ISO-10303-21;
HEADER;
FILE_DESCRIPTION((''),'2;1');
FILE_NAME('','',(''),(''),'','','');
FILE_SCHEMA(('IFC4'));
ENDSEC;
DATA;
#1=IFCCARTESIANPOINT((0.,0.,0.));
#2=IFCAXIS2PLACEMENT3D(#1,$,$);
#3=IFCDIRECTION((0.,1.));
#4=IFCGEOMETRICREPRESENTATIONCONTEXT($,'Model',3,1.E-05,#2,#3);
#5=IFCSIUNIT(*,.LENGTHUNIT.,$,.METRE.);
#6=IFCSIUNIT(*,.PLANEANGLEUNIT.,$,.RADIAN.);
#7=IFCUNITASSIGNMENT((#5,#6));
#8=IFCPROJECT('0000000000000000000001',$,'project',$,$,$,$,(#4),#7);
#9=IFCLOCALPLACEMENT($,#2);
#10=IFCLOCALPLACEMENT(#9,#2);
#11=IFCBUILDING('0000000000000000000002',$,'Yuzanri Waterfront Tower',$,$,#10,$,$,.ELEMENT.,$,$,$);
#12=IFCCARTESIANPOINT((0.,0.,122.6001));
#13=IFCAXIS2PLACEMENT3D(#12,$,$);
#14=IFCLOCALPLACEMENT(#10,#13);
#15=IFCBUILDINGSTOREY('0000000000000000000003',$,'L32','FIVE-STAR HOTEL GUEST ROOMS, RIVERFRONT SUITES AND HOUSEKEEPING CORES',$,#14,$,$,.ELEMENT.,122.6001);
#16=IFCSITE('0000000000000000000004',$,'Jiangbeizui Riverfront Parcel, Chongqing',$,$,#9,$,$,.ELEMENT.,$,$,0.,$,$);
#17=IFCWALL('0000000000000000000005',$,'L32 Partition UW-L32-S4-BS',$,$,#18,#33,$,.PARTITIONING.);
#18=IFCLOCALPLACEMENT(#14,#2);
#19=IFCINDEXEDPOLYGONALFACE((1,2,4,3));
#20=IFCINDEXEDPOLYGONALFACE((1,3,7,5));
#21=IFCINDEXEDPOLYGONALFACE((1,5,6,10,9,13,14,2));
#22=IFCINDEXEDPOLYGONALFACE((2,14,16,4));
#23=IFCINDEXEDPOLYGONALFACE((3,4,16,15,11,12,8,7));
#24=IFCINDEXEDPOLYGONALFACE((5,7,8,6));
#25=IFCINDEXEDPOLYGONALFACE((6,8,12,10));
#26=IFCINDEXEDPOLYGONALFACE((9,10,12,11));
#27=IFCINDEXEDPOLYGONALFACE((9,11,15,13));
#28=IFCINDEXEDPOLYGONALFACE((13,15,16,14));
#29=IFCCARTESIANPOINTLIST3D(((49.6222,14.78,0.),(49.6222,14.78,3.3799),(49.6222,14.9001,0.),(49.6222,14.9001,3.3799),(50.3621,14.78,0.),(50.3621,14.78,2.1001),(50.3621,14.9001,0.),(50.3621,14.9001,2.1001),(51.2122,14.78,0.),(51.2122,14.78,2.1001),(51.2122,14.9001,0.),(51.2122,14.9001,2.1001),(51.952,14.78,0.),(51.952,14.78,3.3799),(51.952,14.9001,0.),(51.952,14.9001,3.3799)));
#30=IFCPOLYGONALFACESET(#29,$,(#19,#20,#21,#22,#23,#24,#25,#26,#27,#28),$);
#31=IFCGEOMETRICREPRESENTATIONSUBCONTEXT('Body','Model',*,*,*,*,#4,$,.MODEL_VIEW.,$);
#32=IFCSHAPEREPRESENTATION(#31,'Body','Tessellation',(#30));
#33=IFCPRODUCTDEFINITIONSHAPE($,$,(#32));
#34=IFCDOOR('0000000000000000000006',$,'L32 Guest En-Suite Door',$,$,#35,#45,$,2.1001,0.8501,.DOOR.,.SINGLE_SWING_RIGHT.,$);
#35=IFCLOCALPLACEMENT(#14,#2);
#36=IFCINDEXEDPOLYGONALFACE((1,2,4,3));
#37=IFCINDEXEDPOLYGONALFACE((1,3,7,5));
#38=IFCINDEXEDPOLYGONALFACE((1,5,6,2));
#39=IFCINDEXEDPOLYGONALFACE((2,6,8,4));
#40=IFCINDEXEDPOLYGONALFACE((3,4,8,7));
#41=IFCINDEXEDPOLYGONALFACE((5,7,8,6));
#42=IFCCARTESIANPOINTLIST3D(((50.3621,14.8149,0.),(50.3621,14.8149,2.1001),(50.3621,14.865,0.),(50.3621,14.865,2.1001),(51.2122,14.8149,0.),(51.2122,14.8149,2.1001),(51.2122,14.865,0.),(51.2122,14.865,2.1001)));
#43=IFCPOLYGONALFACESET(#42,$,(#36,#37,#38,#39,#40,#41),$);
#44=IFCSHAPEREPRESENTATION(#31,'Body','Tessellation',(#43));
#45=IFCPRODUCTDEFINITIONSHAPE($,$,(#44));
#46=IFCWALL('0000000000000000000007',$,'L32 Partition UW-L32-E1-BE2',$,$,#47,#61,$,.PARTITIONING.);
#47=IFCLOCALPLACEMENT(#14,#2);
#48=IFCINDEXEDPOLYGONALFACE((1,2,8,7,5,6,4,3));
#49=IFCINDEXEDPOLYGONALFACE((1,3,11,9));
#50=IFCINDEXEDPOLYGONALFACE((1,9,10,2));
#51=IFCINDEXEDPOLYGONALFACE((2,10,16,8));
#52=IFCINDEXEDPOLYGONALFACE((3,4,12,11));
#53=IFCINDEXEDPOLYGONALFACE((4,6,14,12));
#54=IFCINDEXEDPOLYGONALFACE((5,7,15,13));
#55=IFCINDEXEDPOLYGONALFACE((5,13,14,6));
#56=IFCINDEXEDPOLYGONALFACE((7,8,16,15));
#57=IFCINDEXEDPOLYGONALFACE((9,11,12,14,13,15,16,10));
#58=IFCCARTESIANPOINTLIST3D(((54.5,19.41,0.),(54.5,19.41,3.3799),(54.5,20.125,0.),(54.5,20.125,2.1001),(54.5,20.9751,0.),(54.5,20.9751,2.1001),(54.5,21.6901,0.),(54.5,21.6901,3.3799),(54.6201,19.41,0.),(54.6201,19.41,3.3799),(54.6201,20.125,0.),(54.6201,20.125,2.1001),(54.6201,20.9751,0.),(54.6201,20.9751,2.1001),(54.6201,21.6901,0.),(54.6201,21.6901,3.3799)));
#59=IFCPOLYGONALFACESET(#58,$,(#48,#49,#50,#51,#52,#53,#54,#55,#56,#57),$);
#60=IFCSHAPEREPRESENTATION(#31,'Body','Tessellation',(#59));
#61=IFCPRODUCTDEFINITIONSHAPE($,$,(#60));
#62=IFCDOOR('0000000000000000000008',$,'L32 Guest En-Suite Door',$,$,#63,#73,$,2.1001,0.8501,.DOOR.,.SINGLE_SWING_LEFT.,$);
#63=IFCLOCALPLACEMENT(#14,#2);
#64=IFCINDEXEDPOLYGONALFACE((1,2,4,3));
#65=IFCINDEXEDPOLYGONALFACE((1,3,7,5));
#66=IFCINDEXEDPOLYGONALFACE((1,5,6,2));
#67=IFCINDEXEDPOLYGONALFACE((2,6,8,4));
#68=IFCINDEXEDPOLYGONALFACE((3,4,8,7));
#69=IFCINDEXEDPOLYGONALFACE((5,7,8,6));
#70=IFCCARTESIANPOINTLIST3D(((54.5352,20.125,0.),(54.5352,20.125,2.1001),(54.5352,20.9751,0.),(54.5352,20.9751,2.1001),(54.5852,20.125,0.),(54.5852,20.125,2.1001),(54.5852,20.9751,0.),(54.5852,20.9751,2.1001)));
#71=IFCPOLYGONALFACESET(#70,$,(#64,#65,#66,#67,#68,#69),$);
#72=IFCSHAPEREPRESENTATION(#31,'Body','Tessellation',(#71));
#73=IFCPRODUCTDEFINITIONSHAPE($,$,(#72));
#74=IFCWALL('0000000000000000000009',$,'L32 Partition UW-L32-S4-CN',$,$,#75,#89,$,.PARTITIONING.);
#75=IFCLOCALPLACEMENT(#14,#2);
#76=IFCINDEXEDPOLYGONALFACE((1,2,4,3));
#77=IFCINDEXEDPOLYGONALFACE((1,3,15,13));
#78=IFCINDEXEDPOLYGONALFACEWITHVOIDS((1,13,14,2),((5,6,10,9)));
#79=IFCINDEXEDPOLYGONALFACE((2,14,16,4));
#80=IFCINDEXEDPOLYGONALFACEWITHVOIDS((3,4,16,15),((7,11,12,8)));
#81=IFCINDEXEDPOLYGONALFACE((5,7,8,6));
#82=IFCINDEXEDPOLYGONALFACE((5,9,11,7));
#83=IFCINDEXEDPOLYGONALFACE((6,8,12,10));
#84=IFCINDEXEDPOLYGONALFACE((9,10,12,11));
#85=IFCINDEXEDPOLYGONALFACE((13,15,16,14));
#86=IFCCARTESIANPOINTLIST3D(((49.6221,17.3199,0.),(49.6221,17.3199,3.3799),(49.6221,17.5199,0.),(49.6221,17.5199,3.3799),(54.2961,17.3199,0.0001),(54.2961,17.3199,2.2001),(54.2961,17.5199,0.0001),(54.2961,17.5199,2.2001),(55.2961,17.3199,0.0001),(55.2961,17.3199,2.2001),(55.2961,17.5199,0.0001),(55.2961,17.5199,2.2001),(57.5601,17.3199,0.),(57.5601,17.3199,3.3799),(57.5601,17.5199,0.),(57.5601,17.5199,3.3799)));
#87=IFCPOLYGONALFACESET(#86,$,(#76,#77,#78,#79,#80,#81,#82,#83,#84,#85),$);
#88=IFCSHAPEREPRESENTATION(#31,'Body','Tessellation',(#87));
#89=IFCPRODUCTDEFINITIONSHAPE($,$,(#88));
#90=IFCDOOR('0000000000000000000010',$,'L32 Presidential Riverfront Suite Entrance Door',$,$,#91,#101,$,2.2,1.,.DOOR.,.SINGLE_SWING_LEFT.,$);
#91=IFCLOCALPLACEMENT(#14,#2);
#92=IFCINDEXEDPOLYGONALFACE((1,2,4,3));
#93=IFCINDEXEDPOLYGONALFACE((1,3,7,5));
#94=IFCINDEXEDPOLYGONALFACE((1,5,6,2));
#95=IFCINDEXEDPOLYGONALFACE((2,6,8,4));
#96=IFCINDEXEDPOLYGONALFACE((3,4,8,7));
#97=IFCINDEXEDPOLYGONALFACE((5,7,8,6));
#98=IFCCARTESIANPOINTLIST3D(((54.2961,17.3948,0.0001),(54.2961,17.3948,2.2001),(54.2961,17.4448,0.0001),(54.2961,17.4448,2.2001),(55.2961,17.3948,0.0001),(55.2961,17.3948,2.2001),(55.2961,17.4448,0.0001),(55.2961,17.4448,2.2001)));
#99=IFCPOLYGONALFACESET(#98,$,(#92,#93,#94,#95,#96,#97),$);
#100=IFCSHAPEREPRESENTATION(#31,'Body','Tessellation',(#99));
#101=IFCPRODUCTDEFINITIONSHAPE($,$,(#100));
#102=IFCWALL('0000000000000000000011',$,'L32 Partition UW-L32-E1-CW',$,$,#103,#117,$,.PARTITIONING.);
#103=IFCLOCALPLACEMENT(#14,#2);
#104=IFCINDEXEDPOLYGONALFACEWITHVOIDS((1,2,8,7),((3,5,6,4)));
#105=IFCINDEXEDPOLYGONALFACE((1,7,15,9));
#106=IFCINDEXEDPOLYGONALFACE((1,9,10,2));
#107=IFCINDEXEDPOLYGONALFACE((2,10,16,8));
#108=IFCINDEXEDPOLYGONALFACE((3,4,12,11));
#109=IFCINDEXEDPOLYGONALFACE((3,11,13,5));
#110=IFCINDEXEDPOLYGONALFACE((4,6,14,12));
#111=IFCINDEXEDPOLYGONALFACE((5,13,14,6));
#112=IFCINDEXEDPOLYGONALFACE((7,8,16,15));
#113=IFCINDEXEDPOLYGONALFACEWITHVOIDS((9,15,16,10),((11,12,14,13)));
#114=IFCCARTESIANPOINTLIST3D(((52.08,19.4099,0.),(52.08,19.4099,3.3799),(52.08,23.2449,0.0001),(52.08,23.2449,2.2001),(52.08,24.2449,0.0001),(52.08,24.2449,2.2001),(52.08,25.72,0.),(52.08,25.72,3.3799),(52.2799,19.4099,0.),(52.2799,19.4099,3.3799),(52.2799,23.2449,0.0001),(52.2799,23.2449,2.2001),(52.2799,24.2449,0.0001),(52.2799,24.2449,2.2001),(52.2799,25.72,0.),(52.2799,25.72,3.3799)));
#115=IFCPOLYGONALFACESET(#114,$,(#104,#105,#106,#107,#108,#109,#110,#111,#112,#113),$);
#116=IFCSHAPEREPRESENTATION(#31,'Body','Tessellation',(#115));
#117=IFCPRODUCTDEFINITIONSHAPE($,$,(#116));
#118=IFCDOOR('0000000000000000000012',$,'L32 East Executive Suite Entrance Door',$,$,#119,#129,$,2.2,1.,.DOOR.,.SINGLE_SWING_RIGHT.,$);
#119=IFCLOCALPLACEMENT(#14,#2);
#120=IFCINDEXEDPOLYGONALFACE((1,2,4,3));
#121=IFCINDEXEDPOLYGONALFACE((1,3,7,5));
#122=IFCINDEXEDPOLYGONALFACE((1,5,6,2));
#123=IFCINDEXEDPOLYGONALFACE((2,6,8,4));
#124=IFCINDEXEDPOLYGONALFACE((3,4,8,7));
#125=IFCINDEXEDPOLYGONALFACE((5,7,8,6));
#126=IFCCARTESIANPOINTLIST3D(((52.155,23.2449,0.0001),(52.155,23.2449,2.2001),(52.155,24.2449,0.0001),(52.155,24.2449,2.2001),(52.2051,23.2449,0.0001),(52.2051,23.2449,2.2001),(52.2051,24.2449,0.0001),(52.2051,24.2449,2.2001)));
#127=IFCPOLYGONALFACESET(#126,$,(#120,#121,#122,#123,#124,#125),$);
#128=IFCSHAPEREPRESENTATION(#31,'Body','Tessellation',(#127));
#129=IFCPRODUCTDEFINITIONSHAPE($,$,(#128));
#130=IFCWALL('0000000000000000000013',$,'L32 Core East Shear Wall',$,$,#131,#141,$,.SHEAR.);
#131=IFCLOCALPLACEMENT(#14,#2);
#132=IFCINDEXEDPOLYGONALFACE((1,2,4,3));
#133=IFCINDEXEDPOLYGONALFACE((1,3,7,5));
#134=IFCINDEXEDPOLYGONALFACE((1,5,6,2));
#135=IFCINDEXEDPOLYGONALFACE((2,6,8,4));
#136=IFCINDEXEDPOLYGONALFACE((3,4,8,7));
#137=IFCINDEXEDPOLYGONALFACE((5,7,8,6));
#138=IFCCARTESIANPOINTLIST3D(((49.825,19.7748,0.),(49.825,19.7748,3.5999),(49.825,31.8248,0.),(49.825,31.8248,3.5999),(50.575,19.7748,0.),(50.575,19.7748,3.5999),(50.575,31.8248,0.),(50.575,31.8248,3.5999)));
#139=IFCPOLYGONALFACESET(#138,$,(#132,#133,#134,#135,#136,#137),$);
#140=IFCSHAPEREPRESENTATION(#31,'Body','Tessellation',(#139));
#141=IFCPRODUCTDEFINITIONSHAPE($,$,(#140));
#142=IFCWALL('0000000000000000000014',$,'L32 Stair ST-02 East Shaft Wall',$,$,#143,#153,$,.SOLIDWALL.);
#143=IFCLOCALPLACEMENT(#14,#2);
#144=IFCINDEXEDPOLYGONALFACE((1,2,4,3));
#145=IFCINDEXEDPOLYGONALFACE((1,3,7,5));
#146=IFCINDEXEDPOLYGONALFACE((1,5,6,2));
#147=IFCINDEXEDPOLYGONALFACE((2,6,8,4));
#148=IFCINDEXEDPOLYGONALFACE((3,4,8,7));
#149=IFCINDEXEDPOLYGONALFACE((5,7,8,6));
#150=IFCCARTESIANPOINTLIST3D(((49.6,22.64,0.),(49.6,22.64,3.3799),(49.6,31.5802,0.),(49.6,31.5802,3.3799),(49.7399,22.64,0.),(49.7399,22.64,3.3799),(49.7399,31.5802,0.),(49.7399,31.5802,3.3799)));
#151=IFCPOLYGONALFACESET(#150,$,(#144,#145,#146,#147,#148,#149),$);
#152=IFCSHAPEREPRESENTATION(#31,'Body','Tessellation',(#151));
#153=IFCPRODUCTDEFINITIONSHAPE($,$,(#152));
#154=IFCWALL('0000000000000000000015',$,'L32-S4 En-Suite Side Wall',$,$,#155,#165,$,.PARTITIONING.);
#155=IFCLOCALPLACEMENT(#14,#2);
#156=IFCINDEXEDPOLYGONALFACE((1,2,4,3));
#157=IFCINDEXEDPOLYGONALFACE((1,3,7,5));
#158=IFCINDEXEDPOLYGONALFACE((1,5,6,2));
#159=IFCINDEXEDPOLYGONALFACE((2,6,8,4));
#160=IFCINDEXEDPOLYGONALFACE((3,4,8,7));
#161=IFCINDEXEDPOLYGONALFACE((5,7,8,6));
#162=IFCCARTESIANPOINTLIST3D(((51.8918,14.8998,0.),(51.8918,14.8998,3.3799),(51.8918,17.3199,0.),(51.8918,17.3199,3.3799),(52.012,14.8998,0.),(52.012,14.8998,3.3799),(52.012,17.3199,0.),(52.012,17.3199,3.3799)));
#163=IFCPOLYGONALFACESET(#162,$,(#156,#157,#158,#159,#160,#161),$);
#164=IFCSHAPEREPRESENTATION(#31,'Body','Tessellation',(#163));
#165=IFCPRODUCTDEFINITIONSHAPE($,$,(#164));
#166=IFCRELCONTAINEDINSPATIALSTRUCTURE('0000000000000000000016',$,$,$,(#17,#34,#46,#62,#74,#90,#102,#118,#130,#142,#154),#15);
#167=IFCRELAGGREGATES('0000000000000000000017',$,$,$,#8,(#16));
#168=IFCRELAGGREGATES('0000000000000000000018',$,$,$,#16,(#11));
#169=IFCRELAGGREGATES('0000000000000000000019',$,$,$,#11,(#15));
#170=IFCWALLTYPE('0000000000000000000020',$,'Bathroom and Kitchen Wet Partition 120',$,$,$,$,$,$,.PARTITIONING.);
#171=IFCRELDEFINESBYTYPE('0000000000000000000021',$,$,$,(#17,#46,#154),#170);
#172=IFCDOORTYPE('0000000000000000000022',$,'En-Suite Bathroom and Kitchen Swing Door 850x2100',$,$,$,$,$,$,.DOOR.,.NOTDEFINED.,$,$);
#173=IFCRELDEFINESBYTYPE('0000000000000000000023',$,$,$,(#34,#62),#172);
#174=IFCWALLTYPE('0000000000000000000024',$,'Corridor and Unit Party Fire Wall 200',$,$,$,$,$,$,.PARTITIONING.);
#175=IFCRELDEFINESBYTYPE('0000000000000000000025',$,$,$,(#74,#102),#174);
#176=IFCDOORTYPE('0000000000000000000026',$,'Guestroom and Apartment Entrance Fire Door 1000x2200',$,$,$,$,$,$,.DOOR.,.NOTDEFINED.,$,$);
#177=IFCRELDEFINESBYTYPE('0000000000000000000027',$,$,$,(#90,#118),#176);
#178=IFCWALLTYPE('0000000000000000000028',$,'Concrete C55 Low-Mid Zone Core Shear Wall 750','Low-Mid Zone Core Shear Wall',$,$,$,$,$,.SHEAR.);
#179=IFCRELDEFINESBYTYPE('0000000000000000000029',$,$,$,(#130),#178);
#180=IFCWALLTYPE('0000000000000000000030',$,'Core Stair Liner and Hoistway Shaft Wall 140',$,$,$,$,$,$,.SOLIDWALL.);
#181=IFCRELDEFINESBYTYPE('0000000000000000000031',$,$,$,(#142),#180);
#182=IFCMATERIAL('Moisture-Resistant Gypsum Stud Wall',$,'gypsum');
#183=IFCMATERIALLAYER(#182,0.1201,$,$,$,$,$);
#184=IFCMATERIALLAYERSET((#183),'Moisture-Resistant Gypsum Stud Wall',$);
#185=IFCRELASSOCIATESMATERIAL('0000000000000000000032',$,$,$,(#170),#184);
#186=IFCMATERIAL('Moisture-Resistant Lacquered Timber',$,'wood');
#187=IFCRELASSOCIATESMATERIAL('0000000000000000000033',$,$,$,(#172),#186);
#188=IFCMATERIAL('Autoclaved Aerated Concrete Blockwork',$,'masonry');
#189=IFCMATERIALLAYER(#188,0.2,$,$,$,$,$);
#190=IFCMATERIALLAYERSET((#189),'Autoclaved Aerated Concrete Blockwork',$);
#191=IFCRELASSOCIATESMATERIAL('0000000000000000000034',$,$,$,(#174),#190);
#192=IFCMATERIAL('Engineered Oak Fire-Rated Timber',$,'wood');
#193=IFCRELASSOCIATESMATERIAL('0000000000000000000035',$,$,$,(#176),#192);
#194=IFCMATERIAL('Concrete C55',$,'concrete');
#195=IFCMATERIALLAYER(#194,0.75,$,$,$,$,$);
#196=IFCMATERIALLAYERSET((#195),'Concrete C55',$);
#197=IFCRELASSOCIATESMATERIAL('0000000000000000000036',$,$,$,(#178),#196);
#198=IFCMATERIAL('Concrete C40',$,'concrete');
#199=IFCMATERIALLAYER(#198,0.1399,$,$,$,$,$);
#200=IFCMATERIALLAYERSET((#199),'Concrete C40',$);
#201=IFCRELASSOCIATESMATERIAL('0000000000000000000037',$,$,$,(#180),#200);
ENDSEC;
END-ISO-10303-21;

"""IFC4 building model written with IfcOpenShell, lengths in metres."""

from ifc_helpers import new_model, si_unit, direction, frame, frame_2d, origin, place, context, subcontext, project, spatial, rectangle, extrude, source, transform, mapped, material, layer, layer_set, type_object, element, fill, save


model = new_model("IFC4")

# Units and contexts
model_context = context("Model", 3, precision=1e-05, world=origin(), true_north=direction((0.0, 1.0)))
body_context = subcontext(model_context, "Body", "Model", "MODEL_VIEW")
ifc_project = project(units=[si_unit("LENGTHUNIT", "METRE"), si_unit("PLANEANGLEUNIT", "RADIAN")], contexts=[model_context])

# Site, building, storey
site_placement = place(None, origin())
site = spatial("IfcSite", under=ifc_project, at=site_placement, Name="Jiangbeizui Riverfront Parcel, Chongqing", CompositionType="ELEMENT", RefElevation=0.0)
building_placement = place(site_placement, origin())
building = spatial("IfcBuilding", under=site, at=building_placement, Name="Yuzanri Waterfront Tower", CompositionType="ELEMENT")
storey_placement = place(building_placement, frame((0.0, 0.0, 122.6001)))
storey = spatial("IfcBuildingStorey", under=building, at=storey_placement, Name="L32", Description="FIVE-STAR HOTEL GUEST ROOMS, RIVERFRONT SUITES AND HOUSEKEEPING CORES", CompositionType="ELEMENT", Elevation=122.6001)

# Walls, openings, doors
ifc_material_1 = material(Name="Moisture-Resistant Gypsum Stud Wall", Category="gypsum")
ifc_layer_1 = layer(ifc_material_1, 0.1201)
ifc_layer_set_1 = layer_set([ifc_layer_1], Name="Moisture-Resistant Gypsum Stud Wall")
wall_type_1 = type_object("IfcWallType", Name="Bathroom and Kitchen Wet Partition 120", PredefinedType="PARTITIONING", material=ifc_layer_set_1)
wall_1_placement = place(storey_placement, frame((49.6221, 14.8401, 0.0), z_axis=(0.0, 0.0, 1.0), x_axis=(1.0, 0.0, 0.0)))
wall_1 = element("IfcWall", 1, at=wall_1_placement, inside=storey, type_object=wall_type_1, Name="L32 Partition UW-L32-S4-BS", PredefinedType="PARTITIONING", context=body_context, shape_type="SweptSolid", body=[
    extrude(rectangle(XDim=2.3298, YDim=0.1201, at=frame_2d((1.165, 0.0))), origin(), (0.0, 0.0, 1.0), 3.3799),
])
opening_1_placement = place(wall_1_placement, frame((0.74, 0.0, 0.0)))
opening_1 = element("IfcOpeningElement", 2, at=opening_1_placement, cuts=wall_1, PredefinedType="OPENING", context=body_context, shape_type="SweptSolid", body=[
    extrude(rectangle(XDim=0.8501, YDim=2.1001, at=frame_2d((0.425, 1.05))), frame((0.0, 0.075, 0.0), z_axis=(0.0, -1.0, 0.0), x_axis=(1.0, 0.0, 0.0)), (0.0, 0.0, 1.0), 0.1499),
])
ifc_material_2 = material(Name="Moisture-Resistant Lacquered Timber", Category="wood")
door_type_1 = type_object("IfcDoorType", Name="En-Suite Bathroom and Kitchen Swing Door 850x2100", OperationType="NOTDEFINED", PredefinedType="DOOR", material=ifc_material_2)
shared_shape_1 = source(origin(), body_context, "Body", "SweptSolid", [
    extrude(rectangle(XDim=0.8501, YDim=2.1001, at=frame_2d((0.425, 1.05))), frame((0.0, 0.0249, 0.0), z_axis=(0.0, -1.0, 0.0), x_axis=(1.0, 0.0, 0.0)), (0.0, 0.0, 1.0), 0.05),
])
door_1_placement = place(opening_1_placement, origin())
door_1 = element("IfcDoor", 3, at=door_1_placement, inside=storey, type_object=door_type_1, Name="L32 Guest En-Suite Door", OperationType="SINGLE_SWING_RIGHT", OverallHeight=2.1001, OverallWidth=0.8501, PredefinedType="DOOR", context=body_context, shape_type="MappedRepresentation", body=[
    mapped(shared_shape_1, transform((0.0, 0.0, 0.0), scale=1.0)),
])
fill(opening_1, door_1)
wall_2_placement = place(storey_placement, frame((54.5601, 19.4099, 0.0), z_axis=(0.0, 0.0, 1.0), x_axis=(0.0, 1.0, 0.0)))
wall_2 = element("IfcWall", 4, at=wall_2_placement, inside=storey, type_object=wall_type_1, Name="L32 Partition UW-L32-E1-BE2", PredefinedType="PARTITIONING", context=body_context, shape_type="SweptSolid", body=[
    extrude(rectangle(XDim=2.28, YDim=0.1201, at=frame_2d((1.1401, 0.0))), origin(), (0.0, 0.0, 1.0), 3.3799),
])
opening_2_placement = place(wall_2_placement, frame((0.7151, 0.0, 0.0)))
opening_2 = element("IfcOpeningElement", 5, at=opening_2_placement, cuts=wall_2, PredefinedType="OPENING", context=body_context, shape_type="SweptSolid", body=[
    extrude(rectangle(XDim=0.8501, YDim=2.1001, at=frame_2d((0.425, 1.05))), frame((0.0, 0.075, 0.0), z_axis=(0.0, -1.0, 0.0), x_axis=(1.0, 0.0, 0.0)), (0.0, 0.0, 1.0), 0.1499),
])
door_2_placement = place(opening_2_placement, origin())
door_2 = element("IfcDoor", 6, at=door_2_placement, inside=storey, type_object=door_type_1, Name="L32 Guest En-Suite Door", OperationType="SINGLE_SWING_LEFT", OverallHeight=2.1001, OverallWidth=0.8501, PredefinedType="DOOR", context=body_context, shape_type="MappedRepresentation", body=[
    mapped(shared_shape_1, transform((0.0, 0.0, 0.0), scale=1.0)),
])
fill(opening_2, door_2)
ifc_material_3 = material(Name="Autoclaved Aerated Concrete Blockwork", Category="masonry")
ifc_layer_2 = layer(ifc_material_3, 0.2)
ifc_layer_set_2 = layer_set([ifc_layer_2], Name="Autoclaved Aerated Concrete Blockwork")
wall_type_2 = type_object("IfcWallType", Name="Corridor and Unit Party Fire Wall 200", PredefinedType="PARTITIONING", material=ifc_layer_set_2)
wall_3_placement = place(storey_placement, frame((49.6221, 17.4199, 0.0), z_axis=(0.0, 0.0, 1.0), x_axis=(1.0, 0.0, 0.0)))
wall_3 = element("IfcWall", 7, at=wall_3_placement, inside=storey, type_object=wall_type_2, Name="L32 Partition UW-L32-S4-CN", PredefinedType="PARTITIONING", context=body_context, shape_type="SweptSolid", body=[
    extrude(rectangle(XDim=7.938, YDim=0.2, at=frame_2d((3.969, 0.0))), origin(), (0.0, 0.0, 1.0), 3.3799),
])
opening_3_placement = place(wall_3_placement, frame((4.6741, 0.0, 0.0)))
opening_3 = element("IfcOpeningElement", 8, at=opening_3_placement, cuts=wall_3, PredefinedType="OPENING", context=body_context, shape_type="SweptSolid", body=[
    extrude(rectangle(XDim=1.0, YDim=2.2, at=frame_2d((0.5, 1.1001))), frame((0.0, 0.1147, 0.0), z_axis=(0.0, -1.0, 0.0), x_axis=(1.0, 0.0, 0.0)), (0.0, 0.0, 1.0), 0.2297),
])
ifc_material_4 = material(Name="Engineered Oak Fire-Rated Timber", Category="wood")
door_type_2 = type_object("IfcDoorType", Name="Guestroom and Apartment Entrance Fire Door 1000x2200", OperationType="NOTDEFINED", PredefinedType="DOOR", material=ifc_material_4)
shared_shape_2 = source(origin(), body_context, "Body", "SweptSolid", [
    extrude(rectangle(XDim=1.0, YDim=2.2, at=frame_2d((0.5, 1.1001))), frame((0.0, 0.0249, 0.0), z_axis=(0.0, -1.0, 0.0), x_axis=(1.0, 0.0, 0.0)), (0.0, 0.0, 1.0), 0.05),
])
door_3_placement = place(opening_3_placement, origin())
door_3 = element("IfcDoor", 9, at=door_3_placement, inside=storey, type_object=door_type_2, Name="L32 Presidential Riverfront Suite Entrance Door", OperationType="SINGLE_SWING_LEFT", OverallHeight=2.2, OverallWidth=1.0, PredefinedType="DOOR", context=body_context, shape_type="MappedRepresentation", body=[
    mapped(shared_shape_2, transform((0.0, 0.0, 0.0), scale=1.0)),
])
fill(opening_3, door_3)
wall_4_placement = place(storey_placement, frame((52.1799, 19.4099, 0.0), z_axis=(0.0, 0.0, 1.0), x_axis=(0.0, 1.0, 0.0)))
wall_4 = element("IfcWall", 10, at=wall_4_placement, inside=storey, type_object=wall_type_2, Name="L32 Partition UW-L32-E1-CW", PredefinedType="PARTITIONING", context=body_context, shape_type="SweptSolid", body=[
    extrude(rectangle(XDim=6.3101, YDim=0.2, at=frame_2d((3.155, 0.0))), origin(), (0.0, 0.0, 1.0), 3.3799),
])
opening_4_placement = place(wall_4_placement, frame((3.835, 0.0, 0.0)))
opening_4 = element("IfcOpeningElement", 11, at=opening_4_placement, cuts=wall_4, PredefinedType="OPENING", context=body_context, shape_type="SweptSolid", body=[
    extrude(rectangle(XDim=1.0, YDim=2.2, at=frame_2d((0.5, 1.1001))), frame((0.0, 0.1147, 0.0), z_axis=(0.0, -1.0, 0.0), x_axis=(1.0, 0.0, 0.0)), (0.0, 0.0, 1.0), 0.2297),
])
door_4_placement = place(opening_4_placement, origin())
door_4 = element("IfcDoor", 12, at=door_4_placement, inside=storey, type_object=door_type_2, Name="L32 East Executive Suite Entrance Door", OperationType="SINGLE_SWING_RIGHT", OverallHeight=2.2, OverallWidth=1.0, PredefinedType="DOOR", context=body_context, shape_type="MappedRepresentation", body=[
    mapped(shared_shape_2, transform((0.0, 0.0, 0.0), scale=1.0)),
])
fill(opening_4, door_4)

# Walls
ifc_material_5 = material(Name="Concrete C55", Category="concrete")
ifc_layer_3 = layer(ifc_material_5, 0.75)
ifc_layer_set_3 = layer_set([ifc_layer_3], Name="Concrete C55")
wall_type_3 = type_object("IfcWallType", Name="Concrete C55 Low-Mid Zone Core Shear Wall 750", Description="Low-Mid Zone Core Shear Wall", PredefinedType="SHEAR", material=ifc_layer_set_3)
shared_shape_3 = source(origin(), body_context, "Body", "SweptSolid", [
    extrude(rectangle(XDim=12.05, YDim=0.75, at=frame_2d((6.0249, 0.0))), origin(), (0.0, 0.0, 1.0), 3.5999),
])
wall_5_placement = place(storey_placement, frame((50.2, 19.7749, 0.0), z_axis=(0.0, 0.0, 1.0), x_axis=(0.0, 1.0, 0.0)))
element("IfcWall", 13, at=wall_5_placement, inside=storey, type_object=wall_type_3, Name="L32 Core East Shear Wall", PredefinedType="SHEAR", context=body_context, shape_type="MappedRepresentation", body=[
    mapped(shared_shape_3, transform((0.0, 0.0, 0.0), scale=1.0)),
])
ifc_material_6 = material(Name="Concrete C40", Category="concrete")
ifc_layer_4 = layer(ifc_material_6, 0.1399)
ifc_layer_set_4 = layer_set([ifc_layer_4], Name="Concrete C40")
wall_type_4 = type_object("IfcWallType", Name="Core Stair Liner and Hoistway Shaft Wall 140", PredefinedType="SOLIDWALL", material=ifc_layer_set_4)
shared_shape_4 = source(origin(), body_context, "Body", "SweptSolid", [
    extrude(rectangle(XDim=8.9402, YDim=0.1399, at=frame_2d((4.4702, 0.0))), origin(), (0.0, 0.0, 1.0), 3.3799),
])
wall_6_placement = place(storey_placement, frame((49.6699, 22.6399, 0.0), z_axis=(0.0, 0.0, 1.0), x_axis=(0.0, 1.0, 0.0)))
element("IfcWall", 14, at=wall_6_placement, inside=storey, type_object=wall_type_4, Name="L32 Stair ST-02 East Shaft Wall", PredefinedType="SOLIDWALL", context=body_context, shape_type="MappedRepresentation", body=[
    mapped(shared_shape_4, transform((0.0, 0.0, 0.0), scale=1.0)),
])
shared_shape_5 = source(origin(), body_context, "Body", "SweptSolid", [
    extrude(rectangle(XDim=2.4202, YDim=0.1201, at=frame_2d((1.21, 0.0))), origin(), (0.0, 0.0, 1.0), 3.3799),
])
wall_7_placement = place(storey_placement, frame((51.9519, 14.8999, 0.0), z_axis=(0.0, 0.0, 1.0), x_axis=(0.0, 1.0, 0.0)))
element("IfcWall", 15, at=wall_7_placement, inside=storey, type_object=wall_type_1, Name="L32-S4 En-Suite Side Wall", PredefinedType="PARTITIONING", context=body_context, shape_type="MappedRepresentation", body=[
    mapped(shared_shape_5, transform((0.0, 0.0, 0.0), scale=1.0)),
])

save(model, "model.ifc")
